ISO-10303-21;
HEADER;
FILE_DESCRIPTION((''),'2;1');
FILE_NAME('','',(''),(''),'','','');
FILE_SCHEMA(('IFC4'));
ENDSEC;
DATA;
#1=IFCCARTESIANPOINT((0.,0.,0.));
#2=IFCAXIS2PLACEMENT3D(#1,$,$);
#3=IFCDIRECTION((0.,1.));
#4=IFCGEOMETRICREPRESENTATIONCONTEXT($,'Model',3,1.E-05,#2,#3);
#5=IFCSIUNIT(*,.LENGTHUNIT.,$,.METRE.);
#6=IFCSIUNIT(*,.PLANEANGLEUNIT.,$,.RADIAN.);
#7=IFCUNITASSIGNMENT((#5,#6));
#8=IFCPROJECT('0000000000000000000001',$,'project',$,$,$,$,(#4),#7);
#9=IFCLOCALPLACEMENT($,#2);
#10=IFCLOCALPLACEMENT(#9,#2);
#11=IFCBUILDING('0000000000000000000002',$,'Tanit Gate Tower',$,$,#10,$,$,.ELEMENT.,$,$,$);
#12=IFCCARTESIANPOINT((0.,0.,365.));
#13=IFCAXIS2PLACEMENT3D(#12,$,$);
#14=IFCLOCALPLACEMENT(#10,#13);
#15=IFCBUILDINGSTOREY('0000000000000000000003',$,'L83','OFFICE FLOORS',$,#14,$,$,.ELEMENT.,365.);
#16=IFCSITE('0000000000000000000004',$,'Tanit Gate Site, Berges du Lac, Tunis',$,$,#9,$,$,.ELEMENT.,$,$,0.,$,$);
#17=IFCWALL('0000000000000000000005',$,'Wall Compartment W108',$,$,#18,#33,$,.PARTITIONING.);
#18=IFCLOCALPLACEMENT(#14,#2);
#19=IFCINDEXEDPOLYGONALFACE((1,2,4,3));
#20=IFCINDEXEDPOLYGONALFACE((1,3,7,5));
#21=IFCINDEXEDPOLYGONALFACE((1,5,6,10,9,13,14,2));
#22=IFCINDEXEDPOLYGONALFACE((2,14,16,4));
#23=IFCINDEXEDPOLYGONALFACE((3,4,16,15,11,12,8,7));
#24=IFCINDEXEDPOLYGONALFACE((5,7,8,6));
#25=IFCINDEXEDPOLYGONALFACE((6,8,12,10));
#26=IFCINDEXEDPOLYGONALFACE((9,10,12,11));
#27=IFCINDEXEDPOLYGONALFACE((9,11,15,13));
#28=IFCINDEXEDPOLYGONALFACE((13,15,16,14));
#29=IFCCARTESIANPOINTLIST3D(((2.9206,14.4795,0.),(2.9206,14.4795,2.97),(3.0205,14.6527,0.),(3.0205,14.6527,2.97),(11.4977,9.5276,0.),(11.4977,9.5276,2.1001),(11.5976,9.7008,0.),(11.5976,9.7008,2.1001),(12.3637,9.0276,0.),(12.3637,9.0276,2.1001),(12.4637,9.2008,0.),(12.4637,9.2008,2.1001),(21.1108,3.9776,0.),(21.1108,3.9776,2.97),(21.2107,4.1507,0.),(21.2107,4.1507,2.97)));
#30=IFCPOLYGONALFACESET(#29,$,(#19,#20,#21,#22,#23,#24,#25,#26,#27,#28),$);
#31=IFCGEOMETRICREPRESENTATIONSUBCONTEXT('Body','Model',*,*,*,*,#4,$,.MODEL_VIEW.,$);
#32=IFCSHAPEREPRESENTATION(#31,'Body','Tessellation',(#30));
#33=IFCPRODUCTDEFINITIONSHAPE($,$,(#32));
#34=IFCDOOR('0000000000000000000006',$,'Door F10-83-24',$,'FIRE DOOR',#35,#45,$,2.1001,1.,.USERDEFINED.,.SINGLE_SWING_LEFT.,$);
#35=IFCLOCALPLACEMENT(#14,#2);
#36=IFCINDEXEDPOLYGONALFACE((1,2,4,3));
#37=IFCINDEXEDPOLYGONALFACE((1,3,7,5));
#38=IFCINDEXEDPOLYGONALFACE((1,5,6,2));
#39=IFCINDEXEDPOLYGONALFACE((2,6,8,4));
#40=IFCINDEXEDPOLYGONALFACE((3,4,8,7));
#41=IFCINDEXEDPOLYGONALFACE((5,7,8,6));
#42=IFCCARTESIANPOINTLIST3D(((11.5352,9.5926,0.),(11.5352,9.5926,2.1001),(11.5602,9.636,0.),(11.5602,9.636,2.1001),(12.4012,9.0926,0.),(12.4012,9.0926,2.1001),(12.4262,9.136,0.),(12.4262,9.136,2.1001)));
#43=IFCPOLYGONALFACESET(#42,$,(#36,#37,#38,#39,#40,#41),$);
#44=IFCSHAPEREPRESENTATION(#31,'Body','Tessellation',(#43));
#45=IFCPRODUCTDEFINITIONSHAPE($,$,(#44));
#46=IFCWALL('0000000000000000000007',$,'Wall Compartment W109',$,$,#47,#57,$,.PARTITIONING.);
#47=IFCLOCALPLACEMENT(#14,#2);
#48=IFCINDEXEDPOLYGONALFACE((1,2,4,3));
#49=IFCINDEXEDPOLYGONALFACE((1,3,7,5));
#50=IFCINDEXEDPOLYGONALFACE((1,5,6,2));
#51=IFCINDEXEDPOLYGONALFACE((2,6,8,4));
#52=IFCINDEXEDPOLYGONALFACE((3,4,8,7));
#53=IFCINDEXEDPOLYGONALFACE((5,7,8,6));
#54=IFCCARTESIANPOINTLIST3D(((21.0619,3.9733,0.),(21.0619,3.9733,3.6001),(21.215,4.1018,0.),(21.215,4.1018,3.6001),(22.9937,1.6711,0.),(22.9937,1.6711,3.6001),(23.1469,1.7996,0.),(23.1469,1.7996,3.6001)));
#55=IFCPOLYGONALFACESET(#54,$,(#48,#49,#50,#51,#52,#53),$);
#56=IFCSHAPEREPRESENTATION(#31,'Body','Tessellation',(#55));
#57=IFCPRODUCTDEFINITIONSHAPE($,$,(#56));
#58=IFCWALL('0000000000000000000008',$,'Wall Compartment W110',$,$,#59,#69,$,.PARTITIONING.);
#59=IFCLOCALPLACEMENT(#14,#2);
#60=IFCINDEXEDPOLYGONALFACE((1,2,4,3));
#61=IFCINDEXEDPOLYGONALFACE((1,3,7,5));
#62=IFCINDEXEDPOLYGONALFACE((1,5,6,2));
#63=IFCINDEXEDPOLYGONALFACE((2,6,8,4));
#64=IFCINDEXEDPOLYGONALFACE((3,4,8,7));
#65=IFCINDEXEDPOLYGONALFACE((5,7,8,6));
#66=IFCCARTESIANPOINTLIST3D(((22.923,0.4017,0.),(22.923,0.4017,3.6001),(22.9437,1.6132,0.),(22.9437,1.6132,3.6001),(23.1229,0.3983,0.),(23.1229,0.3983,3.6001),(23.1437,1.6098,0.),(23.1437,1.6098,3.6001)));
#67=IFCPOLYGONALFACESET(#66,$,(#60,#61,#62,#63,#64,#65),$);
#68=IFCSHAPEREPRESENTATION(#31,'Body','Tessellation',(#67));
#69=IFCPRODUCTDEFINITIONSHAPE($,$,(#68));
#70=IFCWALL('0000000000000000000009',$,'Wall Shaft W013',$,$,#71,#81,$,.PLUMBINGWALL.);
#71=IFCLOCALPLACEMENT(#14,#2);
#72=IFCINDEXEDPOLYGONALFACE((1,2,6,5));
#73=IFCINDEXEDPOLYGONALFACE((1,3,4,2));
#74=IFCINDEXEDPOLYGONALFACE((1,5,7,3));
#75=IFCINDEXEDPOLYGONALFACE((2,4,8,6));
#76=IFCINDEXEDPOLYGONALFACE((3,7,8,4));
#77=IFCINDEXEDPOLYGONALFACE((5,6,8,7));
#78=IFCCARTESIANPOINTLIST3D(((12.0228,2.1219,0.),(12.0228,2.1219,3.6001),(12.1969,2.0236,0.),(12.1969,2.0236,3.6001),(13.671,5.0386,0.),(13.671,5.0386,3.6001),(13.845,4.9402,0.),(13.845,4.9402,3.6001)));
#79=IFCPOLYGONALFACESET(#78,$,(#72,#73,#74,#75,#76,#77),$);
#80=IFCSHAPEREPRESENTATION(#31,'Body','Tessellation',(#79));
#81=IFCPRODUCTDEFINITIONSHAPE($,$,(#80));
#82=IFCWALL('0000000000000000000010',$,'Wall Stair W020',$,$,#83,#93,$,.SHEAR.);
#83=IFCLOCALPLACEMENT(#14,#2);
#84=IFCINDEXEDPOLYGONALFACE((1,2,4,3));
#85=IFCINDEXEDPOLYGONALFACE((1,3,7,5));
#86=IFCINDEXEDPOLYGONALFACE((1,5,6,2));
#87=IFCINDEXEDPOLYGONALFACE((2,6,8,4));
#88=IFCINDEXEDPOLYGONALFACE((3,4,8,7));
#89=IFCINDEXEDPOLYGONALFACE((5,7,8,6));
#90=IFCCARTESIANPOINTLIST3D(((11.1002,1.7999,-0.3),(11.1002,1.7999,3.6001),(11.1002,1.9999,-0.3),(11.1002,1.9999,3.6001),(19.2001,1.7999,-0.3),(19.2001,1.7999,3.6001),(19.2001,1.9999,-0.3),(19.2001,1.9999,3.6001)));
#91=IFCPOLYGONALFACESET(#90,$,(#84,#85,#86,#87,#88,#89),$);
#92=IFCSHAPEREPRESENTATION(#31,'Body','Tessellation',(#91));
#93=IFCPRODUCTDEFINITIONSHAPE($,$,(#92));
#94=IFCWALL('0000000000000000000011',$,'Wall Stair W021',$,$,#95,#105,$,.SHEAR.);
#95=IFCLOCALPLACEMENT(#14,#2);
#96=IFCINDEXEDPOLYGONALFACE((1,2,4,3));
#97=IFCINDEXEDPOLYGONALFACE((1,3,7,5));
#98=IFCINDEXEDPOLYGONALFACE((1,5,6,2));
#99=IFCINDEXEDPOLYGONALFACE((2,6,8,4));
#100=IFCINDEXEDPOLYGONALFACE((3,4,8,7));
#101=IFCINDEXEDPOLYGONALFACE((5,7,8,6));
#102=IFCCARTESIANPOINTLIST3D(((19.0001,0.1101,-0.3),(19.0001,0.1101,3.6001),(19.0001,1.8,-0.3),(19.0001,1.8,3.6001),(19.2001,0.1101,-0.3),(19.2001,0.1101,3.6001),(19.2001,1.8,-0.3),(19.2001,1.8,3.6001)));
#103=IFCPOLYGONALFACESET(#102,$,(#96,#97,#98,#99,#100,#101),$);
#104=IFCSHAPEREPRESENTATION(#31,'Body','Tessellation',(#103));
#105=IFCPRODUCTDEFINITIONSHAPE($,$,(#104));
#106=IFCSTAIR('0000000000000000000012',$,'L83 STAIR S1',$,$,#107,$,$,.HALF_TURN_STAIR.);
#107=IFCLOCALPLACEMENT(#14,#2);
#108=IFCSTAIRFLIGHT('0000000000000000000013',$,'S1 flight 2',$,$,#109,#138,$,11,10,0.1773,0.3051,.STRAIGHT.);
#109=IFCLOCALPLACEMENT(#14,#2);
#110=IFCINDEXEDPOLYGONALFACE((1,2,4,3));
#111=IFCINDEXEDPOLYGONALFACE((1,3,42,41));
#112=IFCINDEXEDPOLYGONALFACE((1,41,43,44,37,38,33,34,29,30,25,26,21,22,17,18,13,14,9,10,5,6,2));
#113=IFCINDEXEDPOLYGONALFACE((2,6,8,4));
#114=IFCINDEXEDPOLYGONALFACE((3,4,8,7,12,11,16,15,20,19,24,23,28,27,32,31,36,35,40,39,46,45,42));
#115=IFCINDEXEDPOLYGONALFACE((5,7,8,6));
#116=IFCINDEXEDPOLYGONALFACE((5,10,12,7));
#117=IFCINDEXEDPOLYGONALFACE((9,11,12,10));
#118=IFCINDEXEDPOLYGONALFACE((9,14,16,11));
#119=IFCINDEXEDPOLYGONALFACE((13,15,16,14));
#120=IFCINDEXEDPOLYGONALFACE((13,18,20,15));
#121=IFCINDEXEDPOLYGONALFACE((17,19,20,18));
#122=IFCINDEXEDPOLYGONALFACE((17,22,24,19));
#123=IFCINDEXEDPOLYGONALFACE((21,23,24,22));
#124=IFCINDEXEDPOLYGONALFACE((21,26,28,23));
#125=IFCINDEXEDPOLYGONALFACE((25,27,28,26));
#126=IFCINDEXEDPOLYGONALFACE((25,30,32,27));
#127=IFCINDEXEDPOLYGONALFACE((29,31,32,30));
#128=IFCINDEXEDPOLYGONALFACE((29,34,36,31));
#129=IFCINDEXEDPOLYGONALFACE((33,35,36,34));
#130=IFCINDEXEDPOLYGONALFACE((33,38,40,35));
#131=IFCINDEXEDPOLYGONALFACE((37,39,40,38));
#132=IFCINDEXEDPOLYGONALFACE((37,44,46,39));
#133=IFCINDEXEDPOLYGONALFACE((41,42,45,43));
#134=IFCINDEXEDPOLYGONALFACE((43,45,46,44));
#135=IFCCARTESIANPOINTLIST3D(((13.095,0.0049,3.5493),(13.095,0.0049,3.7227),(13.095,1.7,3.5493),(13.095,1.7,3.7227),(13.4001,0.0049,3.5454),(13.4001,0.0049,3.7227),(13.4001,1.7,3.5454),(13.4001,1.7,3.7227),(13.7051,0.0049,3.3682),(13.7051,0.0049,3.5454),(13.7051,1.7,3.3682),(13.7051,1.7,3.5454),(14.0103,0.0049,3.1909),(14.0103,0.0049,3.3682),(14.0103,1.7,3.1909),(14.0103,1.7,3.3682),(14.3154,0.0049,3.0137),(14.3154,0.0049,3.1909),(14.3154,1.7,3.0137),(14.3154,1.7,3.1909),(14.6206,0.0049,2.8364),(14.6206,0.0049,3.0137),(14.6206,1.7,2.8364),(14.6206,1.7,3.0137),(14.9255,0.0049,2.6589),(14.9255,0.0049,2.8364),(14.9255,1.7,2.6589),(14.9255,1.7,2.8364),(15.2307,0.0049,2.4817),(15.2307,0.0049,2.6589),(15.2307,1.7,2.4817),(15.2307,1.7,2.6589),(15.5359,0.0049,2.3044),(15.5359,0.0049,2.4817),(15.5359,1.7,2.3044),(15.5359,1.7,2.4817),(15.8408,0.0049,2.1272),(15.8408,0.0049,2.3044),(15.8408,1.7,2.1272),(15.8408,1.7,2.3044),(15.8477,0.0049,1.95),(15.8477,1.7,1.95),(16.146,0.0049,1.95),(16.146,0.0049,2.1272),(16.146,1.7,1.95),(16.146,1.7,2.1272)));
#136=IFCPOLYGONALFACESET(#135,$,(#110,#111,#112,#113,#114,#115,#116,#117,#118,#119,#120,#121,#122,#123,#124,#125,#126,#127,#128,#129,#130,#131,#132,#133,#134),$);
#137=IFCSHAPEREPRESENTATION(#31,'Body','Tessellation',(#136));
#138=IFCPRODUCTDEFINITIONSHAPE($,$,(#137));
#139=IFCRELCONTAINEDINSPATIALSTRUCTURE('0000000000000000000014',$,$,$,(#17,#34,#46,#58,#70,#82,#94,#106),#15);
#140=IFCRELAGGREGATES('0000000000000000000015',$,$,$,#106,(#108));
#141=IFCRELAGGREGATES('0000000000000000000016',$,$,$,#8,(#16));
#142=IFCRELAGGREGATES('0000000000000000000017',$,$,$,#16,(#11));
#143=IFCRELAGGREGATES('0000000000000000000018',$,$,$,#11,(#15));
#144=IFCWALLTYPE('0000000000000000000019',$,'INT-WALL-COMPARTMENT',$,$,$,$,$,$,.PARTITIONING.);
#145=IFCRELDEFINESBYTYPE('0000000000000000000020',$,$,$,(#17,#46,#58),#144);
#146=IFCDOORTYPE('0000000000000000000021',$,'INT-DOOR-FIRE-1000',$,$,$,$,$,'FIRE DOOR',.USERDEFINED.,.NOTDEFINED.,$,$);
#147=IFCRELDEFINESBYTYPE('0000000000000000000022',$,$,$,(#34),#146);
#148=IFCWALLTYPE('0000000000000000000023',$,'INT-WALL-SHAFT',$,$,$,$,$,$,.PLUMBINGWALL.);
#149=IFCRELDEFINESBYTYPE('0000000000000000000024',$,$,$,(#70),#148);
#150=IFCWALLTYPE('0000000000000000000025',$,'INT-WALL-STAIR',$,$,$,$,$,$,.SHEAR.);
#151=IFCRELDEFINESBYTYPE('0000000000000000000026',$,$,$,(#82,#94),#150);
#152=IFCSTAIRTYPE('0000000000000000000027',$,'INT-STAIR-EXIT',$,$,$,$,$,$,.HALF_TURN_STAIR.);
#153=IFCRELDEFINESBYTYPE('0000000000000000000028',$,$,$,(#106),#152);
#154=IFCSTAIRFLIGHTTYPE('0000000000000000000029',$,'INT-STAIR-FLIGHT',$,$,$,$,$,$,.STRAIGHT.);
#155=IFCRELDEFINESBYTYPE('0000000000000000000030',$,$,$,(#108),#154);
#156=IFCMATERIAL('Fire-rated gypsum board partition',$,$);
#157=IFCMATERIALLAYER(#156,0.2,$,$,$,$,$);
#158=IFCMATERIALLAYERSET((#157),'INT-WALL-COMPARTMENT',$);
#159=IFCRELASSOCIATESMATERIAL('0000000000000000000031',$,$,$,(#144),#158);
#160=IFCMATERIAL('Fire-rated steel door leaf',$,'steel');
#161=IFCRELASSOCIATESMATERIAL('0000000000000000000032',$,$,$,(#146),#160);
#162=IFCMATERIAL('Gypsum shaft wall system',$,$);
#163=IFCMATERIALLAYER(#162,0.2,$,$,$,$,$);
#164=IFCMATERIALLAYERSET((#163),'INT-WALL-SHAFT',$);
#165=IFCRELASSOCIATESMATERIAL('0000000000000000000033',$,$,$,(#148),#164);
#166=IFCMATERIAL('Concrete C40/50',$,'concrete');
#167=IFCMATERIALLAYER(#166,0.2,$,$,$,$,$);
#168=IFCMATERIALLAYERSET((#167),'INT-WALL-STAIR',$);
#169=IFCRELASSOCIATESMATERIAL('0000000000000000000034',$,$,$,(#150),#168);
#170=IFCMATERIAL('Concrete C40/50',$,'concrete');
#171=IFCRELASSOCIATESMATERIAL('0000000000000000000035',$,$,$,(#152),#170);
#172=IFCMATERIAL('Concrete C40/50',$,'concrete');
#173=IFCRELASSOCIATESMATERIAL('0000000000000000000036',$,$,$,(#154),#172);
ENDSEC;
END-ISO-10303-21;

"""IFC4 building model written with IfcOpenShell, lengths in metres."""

from ifc_helpers import new_model, si_unit, direction, frame, frame_2d, origin, place, context, subcontext, project, spatial, polyline, rectangle, outline, extrude, material, layer, layer_set, type_object, element, fill, aggregate, save


model = new_model("IFC4")

# Units and contexts
model_context = context("Model", 3, precision=1e-05, world=origin(), true_north=direction((0.0, 1.0)))
body_context = subcontext(model_context, "Body", "Model", "MODEL_VIEW")
ifc_project = project(units=[si_unit("LENGTHUNIT", "METRE"), si_unit("PLANEANGLEUNIT", "RADIAN")], contexts=[model_context])

# Site, building, storey
site_placement = place(None, origin())
site = spatial("IfcSite", under=ifc_project, at=site_placement, Name="Tanit Gate Site, Berges du Lac, Tunis", CompositionType="ELEMENT", RefElevation=0.0)
building_placement = place(site_placement, origin())
building = spatial("IfcBuilding", under=site, at=building_placement, Name="Tanit Gate Tower", CompositionType="ELEMENT")
storey_placement = place(building_placement, frame((0.0, 0.0, 365.0)))
storey = spatial("IfcBuildingStorey", under=building, at=storey_placement, Name="L83", Description="OFFICE FLOORS", CompositionType="ELEMENT", Elevation=365.0)

# Wall, opening, door
ifc_material_1 = material(Name="Fire-rated gypsum board partition")
ifc_layer_1 = layer(ifc_material_1, 0.2)
ifc_layer_set_1 = layer_set([ifc_layer_1], Name="INT-WALL-COMPARTMENT")
wall_type_1 = type_object("IfcWallType", Name="INT-WALL-COMPARTMENT", PredefinedType="PARTITIONING", material=ifc_layer_set_1)
wall_1_placement = place(storey_placement, frame((21.1606, 4.0642, 0.0), z_axis=(0.0, 0.0, 1.0), x_axis=(-0.866029, 0.499994, 0.0)))
wall_1 = element("IfcWall", 1, at=wall_1_placement, inside=storey, type_object=wall_type_1, Name="Wall Compartment W108", PredefinedType="PARTITIONING", context=body_context, shape_type="SweptSolid", body=[
    extrude(rectangle(XDim=21.0042, YDim=0.2, at=frame_2d((10.502, 0.0))), origin(), (0.0, 0.0, 1.0), 2.97),
])
opening_1_placement = place(wall_1_placement, frame((10.1001, 0.0, 0.0)))
opening_1 = element("IfcOpeningElement", 2, at=opening_1_placement, cuts=wall_1, PredefinedType="OPENING", context=body_context, shape_type="SweptSolid", body=[
    extrude(rectangle(XDim=1.0, YDim=2.1001, at=frame_2d((0.5, 1.05))), frame((0.0, 0.1099, 0.0), z_axis=(0.0, -1.0, 0.0), x_axis=(1.0, 0.0, 0.0)), (0.0, 0.0, 1.0), 0.22),
])
ifc_material_2 = material(Name="Fire-rated steel door leaf", Category="steel")
door_type_1 = type_object("IfcDoorType", Name="INT-DOOR-FIRE-1000", ElementType="FIRE DOOR", OperationType="NOTDEFINED", PredefinedType="USERDEFINED", material=ifc_material_2)
door_1_placement = place(opening_1_placement, origin())
door_1 = element("IfcDoor", 3, at=door_1_placement, inside=storey, type_object=door_type_1, Name="Door F10-83-24", ObjectType="FIRE DOOR", OperationType="SINGLE_SWING_LEFT", OverallHeight=2.1001, OverallWidth=1.0, PredefinedType="USERDEFINED", context=body_context, shape_type="SweptSolid", body=[
    extrude(rectangle(XDim=1.0, YDim=2.1001, at=frame_2d((0.5, 1.05))), frame((0.0, 0.0249, 0.0), z_axis=(0.0, -1.0, 0.0), x_axis=(1.0, 0.0, 0.0)), (0.0, 0.0, 1.0), 0.05),
])
fill(opening_1, door_1)

# Walls
wall_2_placement = place(storey_placement, frame((23.0703, 1.7354, 0.0), z_axis=(0.0, 0.0, 1.0), x_axis=(-0.642801, 0.766033, 0.0)))
element("IfcWall", 4, at=wall_2_placement, inside=storey, type_object=wall_type_1, Name="Wall Compartment W109", PredefinedType="PARTITIONING", context=body_context, shape_type="SweptSolid", body=[
    extrude(rectangle(XDim=3.0054, YDim=0.2, at=frame_2d((1.5027, 0.0))), origin(), (0.0, 0.0, 1.0), 3.6001),
])
wall_3_placement = place(storey_placement, frame((23.0229, 0.3999, 0.0), z_axis=(0.0, 0.0, 1.0), x_axis=(0.017128, 0.999853, 0.0)))
element("IfcWall", 5, at=wall_3_placement, inside=storey, type_object=wall_type_1, Name="Wall Compartment W110", PredefinedType="PARTITIONING", context=body_context, shape_type="SweptSolid", body=[
    extrude(rectangle(XDim=1.2117, YDim=0.2, at=frame_2d((0.606, 0.0))), origin(), (0.0, 0.0, 1.0), 3.6001),
])
ifc_material_3 = material(Name="Gypsum shaft wall system")
ifc_layer_2 = layer(ifc_material_3, 0.2)
ifc_layer_set_2 = layer_set([ifc_layer_2], Name="INT-WALL-SHAFT")
wall_type_2 = type_object("IfcWallType", Name="INT-WALL-SHAFT", PredefinedType="PLUMBINGWALL", material=ifc_layer_set_2)
wall_4_placement = place(storey_placement, frame((12.1099, 2.0728, 0.0), z_axis=(0.0, 0.0, 1.0), x_axis=(0.491966, 0.870614, 0.0)))
element("IfcWall", 6, at=wall_4_placement, inside=storey, type_object=wall_type_2, Name="Wall Shaft W013", PredefinedType="PLUMBINGWALL", context=body_context, shape_type="SweptSolid", body=[
    extrude(rectangle(XDim=3.3501, YDim=0.2, at=frame_2d((1.675, 0.0))), origin(), (0.0, 0.0, 1.0), 3.6001),
])
ifc_material_4 = material(Name="Concrete C40/50", Category="concrete")
ifc_layer_3 = layer(ifc_material_4, 0.2)
ifc_layer_set_3 = layer_set([ifc_layer_3], Name="INT-WALL-STAIR")
wall_type_3 = type_object("IfcWallType", Name="INT-WALL-STAIR", PredefinedType="SHEAR", material=ifc_layer_set_3)
wall_5_placement = place(storey_placement, frame((19.2, 1.8999, -0.3), z_axis=(0.0, 0.0, 1.0), x_axis=(-1.0, 0.0, 0.0)))
element("IfcWall", 7, at=wall_5_placement, inside=storey, type_object=wall_type_3, Name="Wall Stair W020", PredefinedType="SHEAR", context=body_context, shape_type="SweptSolid", body=[
    extrude(rectangle(XDim=8.0999, YDim=0.2, at=frame_2d((4.0498, 0.0))), origin(), (0.0, 0.0, 1.0), 3.9001),
])
wall_6_placement = place(storey_placement, frame((19.1001, 0.1101, -0.3), z_axis=(0.0, 0.0, 1.0), x_axis=(0.0, 1.0, 0.0)))
element("IfcWall", 8, at=wall_6_placement, inside=storey, type_object=wall_type_3, Name="Wall Stair W021", PredefinedType="SHEAR", context=body_context, shape_type="SweptSolid", body=[
    extrude(rectangle(XDim=1.6899, YDim=0.2, at=frame_2d((0.845, 0.0))), origin(), (0.0, 0.0, 1.0), 3.9001),
])

# Stair, stair flight
ifc_material_5 = material(Name="Concrete C40/50", Category="concrete")
stair_type = type_object("IfcStairType", Name="INT-STAIR-EXIT", PredefinedType="HALF_TURN_STAIR", material=ifc_material_5)
stair_placement = place(storey_placement, origin())
stair = element("IfcStair", 9, at=stair_placement, inside=storey, type_object=stair_type, Name="L83 STAIR S1", PredefinedType="HALF_TURN_STAIR")
ifc_material_6 = material(Name="Concrete C40/50", Category="concrete")
stair_flight_type = type_object("IfcStairFlightType", Name="INT-STAIR-FLIGHT", PredefinedType="STRAIGHT", material=ifc_material_6)
stair_flight_placement = place(storey_placement, frame((16.146, 0.8525, 1.95), z_axis=(0.0, 0.0, 1.0), x_axis=(-1.0, 0.0, 0.0)))
stair_flight = element("IfcStairFlight", 10, at=stair_flight_placement, type_object=stair_flight_type, Name="S1 flight 2", NumberOfRisers=11, NumberOfTreads=10, PredefinedType="STRAIGHT", RiserHeight=0.1773, TreadLength=0.3051, context=body_context, shape_type="SweptSolid", body=[
    extrude(outline(polyline([(0.0, 0.0), (0.0, 0.1772), (0.3052, 0.1772), (0.3052, 0.3545), (0.6101, 0.3545), (0.6101, 0.5317), (0.9153, 0.5317), (0.9153, 0.709), (1.2205, 0.709), (1.2205, 0.8865), (1.5254, 0.8865), (1.5254, 1.0637), (1.8306, 1.0637), (1.8306, 1.241), (2.1357, 1.241), (2.1357, 1.4182), (2.4409, 1.4182), (2.4409, 1.5955), (2.7458, 1.5955), (2.7458, 1.7727), (3.051, 1.7727), (3.051, 1.95), (3.051, 1.5994), (0.2983, 0.0), (0.0, 0.0)])), frame((0.0, 0.8477, 0.0), z_axis=(0.0, -1.0, 0.0), x_axis=(1.0, 0.0, 0.0)), (0.0, 0.0, 1.0), 1.6951),
])
aggregate(stair, [stair_flight])

save(model, "model.ifc")
